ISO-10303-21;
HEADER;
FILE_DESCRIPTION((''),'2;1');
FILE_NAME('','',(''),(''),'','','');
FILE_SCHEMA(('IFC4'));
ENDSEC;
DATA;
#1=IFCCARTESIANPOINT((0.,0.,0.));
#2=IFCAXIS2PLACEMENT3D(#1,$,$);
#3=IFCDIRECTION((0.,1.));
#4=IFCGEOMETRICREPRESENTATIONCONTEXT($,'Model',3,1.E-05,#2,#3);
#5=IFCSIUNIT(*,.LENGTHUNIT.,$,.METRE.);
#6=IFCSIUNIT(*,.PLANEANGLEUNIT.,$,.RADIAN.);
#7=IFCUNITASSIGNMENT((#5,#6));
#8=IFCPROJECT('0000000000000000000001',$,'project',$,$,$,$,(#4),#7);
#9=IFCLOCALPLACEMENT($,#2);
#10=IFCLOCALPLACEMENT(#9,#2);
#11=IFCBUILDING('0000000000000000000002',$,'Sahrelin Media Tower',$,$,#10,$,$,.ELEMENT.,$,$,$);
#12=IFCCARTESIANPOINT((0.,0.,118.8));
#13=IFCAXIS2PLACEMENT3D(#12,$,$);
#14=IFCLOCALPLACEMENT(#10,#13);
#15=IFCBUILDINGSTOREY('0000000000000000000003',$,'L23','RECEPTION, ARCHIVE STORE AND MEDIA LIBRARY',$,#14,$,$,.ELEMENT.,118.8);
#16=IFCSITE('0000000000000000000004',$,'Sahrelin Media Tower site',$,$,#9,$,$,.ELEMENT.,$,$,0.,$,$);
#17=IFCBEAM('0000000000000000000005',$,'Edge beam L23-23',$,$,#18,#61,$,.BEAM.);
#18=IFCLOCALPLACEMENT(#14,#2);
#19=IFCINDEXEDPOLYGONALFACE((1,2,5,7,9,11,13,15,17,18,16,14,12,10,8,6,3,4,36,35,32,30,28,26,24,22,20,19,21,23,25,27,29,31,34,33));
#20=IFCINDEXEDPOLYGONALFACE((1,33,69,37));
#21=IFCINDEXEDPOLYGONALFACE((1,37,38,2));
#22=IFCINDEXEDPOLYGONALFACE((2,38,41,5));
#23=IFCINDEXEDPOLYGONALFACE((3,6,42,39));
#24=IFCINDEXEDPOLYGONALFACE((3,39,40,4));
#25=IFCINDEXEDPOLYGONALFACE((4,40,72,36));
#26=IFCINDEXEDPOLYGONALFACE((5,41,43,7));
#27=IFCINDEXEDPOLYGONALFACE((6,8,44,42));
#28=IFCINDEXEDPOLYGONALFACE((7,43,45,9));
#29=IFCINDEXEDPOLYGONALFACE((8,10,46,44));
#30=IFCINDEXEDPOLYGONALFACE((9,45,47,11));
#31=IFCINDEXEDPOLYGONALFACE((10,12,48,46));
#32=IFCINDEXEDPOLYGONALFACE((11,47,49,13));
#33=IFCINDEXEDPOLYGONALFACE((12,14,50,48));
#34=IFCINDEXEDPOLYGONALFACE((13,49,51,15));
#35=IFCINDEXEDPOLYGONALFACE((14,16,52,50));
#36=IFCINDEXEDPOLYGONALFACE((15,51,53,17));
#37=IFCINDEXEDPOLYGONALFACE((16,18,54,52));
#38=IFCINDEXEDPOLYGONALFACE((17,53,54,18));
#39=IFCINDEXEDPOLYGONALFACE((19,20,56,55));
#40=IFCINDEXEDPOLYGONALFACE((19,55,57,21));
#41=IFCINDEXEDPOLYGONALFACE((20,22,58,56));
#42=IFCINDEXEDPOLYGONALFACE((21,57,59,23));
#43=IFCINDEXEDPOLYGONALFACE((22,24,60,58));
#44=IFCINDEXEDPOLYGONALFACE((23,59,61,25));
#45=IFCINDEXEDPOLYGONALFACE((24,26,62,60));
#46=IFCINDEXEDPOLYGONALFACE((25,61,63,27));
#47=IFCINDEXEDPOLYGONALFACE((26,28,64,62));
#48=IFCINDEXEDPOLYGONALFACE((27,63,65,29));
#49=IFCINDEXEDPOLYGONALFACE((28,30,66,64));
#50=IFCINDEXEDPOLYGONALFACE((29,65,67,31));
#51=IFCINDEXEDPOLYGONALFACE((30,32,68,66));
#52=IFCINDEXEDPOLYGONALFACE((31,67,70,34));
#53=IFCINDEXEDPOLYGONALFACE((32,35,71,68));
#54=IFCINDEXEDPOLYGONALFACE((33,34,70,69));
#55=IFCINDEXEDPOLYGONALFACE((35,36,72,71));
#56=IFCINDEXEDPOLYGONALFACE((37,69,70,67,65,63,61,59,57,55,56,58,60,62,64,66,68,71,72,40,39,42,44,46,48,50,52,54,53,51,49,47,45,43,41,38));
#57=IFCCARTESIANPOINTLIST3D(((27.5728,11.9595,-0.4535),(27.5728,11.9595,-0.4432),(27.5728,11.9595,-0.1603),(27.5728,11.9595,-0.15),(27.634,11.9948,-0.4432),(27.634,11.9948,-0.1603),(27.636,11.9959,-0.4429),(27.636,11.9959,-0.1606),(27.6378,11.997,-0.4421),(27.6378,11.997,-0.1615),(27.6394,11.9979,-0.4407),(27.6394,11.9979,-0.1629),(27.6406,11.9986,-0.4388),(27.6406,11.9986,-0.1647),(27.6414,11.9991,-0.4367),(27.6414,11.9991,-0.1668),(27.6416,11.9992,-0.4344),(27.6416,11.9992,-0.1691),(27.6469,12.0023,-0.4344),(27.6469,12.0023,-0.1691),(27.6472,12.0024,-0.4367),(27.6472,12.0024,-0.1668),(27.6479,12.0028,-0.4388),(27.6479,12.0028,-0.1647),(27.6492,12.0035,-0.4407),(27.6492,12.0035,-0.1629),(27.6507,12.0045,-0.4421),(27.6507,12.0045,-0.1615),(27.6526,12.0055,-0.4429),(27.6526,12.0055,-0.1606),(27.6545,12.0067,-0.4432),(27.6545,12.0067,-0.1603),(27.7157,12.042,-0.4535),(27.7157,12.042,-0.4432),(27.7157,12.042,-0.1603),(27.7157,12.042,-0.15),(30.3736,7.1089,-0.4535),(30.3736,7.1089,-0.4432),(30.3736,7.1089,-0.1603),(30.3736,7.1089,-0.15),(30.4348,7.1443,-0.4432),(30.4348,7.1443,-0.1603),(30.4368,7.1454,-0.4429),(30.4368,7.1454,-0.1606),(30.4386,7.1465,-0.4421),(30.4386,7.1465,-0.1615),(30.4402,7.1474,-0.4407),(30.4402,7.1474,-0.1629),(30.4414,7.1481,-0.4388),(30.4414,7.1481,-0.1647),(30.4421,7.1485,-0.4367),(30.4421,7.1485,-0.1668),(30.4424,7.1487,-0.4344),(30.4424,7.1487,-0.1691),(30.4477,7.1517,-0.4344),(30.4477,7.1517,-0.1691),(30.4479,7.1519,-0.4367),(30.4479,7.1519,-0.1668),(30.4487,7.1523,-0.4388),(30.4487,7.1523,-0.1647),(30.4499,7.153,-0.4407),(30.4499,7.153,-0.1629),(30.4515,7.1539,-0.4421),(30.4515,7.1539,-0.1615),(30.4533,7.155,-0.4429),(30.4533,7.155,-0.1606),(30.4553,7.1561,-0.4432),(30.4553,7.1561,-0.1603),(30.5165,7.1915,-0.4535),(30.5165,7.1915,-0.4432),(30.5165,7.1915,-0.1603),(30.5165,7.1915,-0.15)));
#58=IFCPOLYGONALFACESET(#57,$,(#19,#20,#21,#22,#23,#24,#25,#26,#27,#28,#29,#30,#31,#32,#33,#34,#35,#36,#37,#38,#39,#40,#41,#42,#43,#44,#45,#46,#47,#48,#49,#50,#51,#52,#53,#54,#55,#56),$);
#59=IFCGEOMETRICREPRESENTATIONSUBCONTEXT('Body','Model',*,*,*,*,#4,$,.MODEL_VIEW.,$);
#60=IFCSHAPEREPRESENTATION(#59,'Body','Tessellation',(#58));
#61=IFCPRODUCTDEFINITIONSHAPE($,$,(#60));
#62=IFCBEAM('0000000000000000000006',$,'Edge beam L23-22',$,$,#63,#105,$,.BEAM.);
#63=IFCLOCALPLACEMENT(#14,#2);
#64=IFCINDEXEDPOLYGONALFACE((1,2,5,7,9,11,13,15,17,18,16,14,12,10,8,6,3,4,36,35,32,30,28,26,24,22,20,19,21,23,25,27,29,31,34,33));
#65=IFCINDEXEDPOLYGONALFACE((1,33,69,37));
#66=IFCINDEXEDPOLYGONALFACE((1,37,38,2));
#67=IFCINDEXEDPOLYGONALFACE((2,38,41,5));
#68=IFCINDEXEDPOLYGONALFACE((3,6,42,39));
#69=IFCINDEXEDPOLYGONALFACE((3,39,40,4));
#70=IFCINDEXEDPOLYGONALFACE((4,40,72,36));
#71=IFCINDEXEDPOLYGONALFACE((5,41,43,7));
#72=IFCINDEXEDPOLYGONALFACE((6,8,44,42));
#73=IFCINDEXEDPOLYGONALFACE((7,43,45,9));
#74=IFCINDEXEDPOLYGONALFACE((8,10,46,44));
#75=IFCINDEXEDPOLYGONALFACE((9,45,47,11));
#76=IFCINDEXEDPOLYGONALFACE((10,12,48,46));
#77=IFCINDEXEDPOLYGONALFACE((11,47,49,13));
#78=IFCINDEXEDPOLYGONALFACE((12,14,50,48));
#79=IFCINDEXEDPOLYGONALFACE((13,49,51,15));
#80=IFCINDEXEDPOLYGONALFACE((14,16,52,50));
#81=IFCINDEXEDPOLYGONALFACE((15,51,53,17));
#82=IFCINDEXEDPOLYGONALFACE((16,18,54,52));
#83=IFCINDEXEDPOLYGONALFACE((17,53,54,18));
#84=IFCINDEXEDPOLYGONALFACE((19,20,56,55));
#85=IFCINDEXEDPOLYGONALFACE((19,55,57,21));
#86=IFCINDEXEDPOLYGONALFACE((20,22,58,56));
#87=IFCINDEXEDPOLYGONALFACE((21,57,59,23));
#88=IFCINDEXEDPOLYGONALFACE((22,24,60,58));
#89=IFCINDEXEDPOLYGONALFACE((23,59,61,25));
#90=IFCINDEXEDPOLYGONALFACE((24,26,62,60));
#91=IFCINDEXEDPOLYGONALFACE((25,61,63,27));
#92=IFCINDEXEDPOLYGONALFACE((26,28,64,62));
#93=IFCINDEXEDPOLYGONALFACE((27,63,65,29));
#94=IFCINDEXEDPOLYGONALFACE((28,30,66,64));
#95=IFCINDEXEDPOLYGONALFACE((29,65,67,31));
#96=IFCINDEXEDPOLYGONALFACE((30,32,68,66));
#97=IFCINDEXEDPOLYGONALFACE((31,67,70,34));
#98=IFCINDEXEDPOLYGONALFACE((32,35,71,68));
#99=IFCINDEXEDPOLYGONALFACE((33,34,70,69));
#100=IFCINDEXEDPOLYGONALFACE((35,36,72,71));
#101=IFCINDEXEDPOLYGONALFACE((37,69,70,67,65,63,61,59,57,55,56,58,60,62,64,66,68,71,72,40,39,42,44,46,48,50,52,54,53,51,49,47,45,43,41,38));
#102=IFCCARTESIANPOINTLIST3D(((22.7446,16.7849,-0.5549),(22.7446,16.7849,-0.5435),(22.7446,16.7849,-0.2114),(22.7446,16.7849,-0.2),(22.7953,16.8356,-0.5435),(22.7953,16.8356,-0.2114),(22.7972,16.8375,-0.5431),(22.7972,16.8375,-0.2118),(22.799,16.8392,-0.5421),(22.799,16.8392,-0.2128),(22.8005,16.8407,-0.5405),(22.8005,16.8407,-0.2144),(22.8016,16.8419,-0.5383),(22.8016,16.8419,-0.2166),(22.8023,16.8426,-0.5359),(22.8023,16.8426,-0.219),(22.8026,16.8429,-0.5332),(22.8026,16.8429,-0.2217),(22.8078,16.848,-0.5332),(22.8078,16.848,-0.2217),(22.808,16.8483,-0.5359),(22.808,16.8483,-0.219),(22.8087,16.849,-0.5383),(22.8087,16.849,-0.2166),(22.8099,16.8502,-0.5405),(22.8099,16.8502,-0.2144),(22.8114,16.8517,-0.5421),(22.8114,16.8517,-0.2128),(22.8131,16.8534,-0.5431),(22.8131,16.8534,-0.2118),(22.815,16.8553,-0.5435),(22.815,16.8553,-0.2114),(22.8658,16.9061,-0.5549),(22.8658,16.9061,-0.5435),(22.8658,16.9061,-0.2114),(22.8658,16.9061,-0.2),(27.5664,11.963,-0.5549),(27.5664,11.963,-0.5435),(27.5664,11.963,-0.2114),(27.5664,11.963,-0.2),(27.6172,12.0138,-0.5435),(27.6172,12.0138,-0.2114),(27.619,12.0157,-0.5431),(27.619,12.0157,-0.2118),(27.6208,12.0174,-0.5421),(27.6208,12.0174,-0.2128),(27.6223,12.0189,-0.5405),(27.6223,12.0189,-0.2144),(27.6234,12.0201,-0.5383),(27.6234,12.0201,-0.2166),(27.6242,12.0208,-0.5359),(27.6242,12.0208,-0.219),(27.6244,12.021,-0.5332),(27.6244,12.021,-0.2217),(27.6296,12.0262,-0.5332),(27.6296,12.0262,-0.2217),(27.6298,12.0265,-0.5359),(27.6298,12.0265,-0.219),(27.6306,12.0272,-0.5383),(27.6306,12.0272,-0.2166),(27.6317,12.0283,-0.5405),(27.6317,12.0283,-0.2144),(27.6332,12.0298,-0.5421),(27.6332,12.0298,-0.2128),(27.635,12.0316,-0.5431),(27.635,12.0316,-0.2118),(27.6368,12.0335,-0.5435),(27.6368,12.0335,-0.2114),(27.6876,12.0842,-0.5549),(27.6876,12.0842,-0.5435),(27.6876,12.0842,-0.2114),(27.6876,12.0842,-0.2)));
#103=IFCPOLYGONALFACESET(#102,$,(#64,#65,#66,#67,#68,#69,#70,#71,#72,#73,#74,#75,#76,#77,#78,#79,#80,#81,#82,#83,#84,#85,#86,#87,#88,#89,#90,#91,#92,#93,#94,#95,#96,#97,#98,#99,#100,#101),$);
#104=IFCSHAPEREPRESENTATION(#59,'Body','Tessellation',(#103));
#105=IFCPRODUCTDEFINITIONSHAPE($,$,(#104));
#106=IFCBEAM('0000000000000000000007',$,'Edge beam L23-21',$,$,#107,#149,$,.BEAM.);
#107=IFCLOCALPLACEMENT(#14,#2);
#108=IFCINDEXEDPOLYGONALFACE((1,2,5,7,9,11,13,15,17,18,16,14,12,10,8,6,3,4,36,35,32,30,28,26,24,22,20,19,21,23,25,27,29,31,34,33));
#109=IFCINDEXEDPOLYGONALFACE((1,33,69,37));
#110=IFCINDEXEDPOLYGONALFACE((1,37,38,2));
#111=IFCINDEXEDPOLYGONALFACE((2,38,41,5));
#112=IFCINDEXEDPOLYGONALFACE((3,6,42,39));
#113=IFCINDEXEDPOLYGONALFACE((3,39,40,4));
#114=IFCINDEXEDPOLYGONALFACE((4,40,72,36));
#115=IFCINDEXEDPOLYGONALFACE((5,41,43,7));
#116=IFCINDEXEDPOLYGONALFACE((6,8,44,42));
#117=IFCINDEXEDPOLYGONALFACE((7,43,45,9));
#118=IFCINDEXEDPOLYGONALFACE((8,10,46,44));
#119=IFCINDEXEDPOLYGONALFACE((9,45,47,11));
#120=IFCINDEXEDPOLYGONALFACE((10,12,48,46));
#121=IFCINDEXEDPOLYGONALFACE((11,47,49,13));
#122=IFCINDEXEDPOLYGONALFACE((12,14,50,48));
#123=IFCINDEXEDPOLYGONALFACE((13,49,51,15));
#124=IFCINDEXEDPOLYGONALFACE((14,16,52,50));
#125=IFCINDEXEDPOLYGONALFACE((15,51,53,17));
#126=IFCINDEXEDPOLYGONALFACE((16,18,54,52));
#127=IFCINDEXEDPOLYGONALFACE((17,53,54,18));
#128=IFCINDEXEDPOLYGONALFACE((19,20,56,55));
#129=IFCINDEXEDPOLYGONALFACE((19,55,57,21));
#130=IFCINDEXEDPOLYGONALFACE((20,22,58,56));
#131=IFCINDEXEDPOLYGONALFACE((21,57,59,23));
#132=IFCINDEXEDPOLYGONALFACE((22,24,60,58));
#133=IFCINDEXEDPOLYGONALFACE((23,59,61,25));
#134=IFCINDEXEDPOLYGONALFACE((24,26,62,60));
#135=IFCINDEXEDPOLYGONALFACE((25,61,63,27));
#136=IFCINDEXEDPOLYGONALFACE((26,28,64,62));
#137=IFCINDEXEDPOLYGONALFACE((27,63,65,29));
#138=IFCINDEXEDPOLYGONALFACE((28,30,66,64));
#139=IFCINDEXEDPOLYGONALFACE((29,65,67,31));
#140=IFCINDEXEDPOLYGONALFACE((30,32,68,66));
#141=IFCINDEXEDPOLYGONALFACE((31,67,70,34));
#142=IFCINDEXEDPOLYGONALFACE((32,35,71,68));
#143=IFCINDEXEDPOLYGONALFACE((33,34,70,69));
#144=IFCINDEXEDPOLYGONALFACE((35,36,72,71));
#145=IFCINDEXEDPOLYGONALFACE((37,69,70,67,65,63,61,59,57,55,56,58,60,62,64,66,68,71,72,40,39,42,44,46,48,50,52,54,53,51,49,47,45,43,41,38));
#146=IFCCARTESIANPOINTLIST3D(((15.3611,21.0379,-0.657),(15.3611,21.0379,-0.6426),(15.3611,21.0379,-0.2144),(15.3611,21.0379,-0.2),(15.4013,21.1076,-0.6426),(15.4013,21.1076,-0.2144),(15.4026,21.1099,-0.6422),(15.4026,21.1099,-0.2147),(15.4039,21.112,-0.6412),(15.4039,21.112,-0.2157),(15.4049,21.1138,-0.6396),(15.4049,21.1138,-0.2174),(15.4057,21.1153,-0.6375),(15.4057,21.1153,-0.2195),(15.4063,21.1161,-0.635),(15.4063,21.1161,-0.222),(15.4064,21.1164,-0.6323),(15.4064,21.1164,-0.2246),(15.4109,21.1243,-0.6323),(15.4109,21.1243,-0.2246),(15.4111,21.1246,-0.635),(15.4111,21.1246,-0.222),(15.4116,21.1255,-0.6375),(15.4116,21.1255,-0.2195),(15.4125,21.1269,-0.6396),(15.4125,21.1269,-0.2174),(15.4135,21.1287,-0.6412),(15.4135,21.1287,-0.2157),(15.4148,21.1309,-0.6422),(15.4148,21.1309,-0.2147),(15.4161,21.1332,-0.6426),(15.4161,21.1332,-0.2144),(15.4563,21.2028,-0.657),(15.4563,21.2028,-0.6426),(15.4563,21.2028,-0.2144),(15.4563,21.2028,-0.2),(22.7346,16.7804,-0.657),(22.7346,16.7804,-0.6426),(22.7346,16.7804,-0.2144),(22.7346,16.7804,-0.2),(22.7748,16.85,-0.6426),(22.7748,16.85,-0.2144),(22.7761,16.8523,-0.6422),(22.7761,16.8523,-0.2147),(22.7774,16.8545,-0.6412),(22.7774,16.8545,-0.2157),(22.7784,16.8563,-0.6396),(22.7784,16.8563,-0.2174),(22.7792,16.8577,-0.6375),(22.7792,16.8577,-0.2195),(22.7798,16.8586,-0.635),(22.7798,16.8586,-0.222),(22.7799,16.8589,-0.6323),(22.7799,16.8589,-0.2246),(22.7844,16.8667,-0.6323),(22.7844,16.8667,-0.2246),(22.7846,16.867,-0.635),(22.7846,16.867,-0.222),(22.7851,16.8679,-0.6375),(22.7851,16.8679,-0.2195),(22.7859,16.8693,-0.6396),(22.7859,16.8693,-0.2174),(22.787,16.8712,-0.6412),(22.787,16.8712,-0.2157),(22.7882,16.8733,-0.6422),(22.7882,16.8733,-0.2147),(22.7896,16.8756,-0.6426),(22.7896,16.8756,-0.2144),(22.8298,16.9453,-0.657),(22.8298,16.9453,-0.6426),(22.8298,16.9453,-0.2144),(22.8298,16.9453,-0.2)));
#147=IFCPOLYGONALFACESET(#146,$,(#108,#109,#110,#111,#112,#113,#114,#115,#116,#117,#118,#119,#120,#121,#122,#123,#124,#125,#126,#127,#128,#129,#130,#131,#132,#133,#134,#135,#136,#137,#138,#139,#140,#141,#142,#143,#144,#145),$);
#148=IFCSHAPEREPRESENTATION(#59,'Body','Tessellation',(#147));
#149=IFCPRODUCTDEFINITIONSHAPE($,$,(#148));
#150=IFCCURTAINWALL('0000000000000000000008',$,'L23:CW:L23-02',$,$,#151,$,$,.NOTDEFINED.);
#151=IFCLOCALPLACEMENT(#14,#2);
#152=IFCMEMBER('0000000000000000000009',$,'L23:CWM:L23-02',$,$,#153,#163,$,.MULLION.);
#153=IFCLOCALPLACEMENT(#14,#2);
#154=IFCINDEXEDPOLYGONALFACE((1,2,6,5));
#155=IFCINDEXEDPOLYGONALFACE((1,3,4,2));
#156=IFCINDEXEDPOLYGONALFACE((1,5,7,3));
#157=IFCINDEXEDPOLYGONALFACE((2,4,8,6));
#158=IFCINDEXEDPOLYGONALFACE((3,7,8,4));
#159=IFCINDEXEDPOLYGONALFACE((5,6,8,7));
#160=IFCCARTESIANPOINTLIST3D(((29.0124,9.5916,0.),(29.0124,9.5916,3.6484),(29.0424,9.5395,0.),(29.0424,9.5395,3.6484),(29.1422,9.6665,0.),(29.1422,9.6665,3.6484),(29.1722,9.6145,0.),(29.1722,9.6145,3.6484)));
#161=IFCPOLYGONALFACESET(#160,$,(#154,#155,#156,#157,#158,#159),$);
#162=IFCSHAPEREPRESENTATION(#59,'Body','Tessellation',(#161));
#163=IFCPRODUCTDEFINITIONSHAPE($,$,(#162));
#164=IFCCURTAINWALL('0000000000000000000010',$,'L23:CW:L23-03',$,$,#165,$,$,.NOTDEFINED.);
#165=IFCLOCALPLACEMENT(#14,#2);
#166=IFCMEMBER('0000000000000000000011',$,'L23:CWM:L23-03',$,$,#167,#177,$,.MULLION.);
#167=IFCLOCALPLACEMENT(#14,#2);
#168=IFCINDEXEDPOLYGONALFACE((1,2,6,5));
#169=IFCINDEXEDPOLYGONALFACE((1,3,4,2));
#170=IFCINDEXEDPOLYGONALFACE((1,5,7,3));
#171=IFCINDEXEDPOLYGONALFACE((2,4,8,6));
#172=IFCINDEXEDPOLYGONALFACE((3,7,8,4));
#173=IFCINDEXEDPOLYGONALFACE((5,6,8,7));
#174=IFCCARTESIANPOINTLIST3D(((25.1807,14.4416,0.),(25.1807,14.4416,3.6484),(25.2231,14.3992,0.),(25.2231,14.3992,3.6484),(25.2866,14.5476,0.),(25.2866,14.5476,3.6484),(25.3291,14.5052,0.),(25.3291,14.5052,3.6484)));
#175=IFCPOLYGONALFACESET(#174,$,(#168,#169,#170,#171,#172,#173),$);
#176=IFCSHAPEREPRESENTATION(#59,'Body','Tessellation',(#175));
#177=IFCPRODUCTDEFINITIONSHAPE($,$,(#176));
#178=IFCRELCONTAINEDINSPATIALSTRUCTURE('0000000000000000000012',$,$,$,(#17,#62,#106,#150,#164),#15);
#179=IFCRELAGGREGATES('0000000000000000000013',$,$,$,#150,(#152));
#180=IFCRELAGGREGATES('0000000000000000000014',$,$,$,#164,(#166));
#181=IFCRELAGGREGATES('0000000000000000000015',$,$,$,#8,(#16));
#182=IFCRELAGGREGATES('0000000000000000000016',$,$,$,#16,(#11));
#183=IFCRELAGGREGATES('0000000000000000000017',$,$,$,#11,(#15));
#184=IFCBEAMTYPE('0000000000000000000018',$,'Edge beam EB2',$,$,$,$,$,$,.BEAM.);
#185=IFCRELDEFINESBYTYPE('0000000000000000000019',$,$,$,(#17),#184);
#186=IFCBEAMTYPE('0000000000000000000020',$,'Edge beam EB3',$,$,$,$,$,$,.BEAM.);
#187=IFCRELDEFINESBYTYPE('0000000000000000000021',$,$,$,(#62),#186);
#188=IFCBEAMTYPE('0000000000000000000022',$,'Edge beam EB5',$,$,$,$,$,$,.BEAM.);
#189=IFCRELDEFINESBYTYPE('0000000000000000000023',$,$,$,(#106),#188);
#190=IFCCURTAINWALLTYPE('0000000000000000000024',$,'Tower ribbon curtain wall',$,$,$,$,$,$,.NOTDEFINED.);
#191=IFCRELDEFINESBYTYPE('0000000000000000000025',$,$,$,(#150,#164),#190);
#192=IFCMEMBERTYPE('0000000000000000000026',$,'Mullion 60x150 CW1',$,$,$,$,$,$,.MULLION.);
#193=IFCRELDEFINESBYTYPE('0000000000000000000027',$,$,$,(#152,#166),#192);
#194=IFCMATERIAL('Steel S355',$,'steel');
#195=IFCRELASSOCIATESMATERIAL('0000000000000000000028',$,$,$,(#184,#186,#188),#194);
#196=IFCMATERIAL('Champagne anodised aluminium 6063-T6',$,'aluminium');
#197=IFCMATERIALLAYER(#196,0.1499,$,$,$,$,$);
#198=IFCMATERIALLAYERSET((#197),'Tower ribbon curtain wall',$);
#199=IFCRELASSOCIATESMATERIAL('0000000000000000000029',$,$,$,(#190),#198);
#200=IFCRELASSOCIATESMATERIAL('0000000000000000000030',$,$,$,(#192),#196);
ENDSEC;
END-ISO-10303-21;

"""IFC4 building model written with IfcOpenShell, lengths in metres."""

from ifc_helpers import new_model, si_unit, direction, frame, origin, origin_2d, place, context, subcontext, project, spatial, rectangle, i_section, extrude, material, layer, layer_set, material_profile, profile_set, type_object, element, aggregate, save


model = new_model("IFC4")

# Units and contexts
model_context = context("Model", 3, precision=1e-05, world=origin(), true_north=direction((0.0, 1.0)))
body_context = subcontext(model_context, "Body", "Model", "MODEL_VIEW")
ifc_project = project(units=[si_unit("LENGTHUNIT", "METRE"), si_unit("PLANEANGLEUNIT", "RADIAN")], contexts=[model_context])

# Site, building, storey
site_placement = place(None, origin())
site = spatial("IfcSite", under=ifc_project, at=site_placement, Name="Sahrelin Media Tower site", CompositionType="ELEMENT", RefElevation=0.0)
building_placement = place(site_placement, origin())
building = spatial("IfcBuilding", under=site, at=building_placement, Name="Sahrelin Media Tower", CompositionType="ELEMENT")
storey_placement = place(building_placement, frame((0.0, 0.0, 118.8)))
storey = spatial("IfcBuildingStorey", under=building, at=storey_placement, Name="L23", Description="RECEPTION, ARCHIVE STORE AND MEDIA LIBRARY", CompositionType="ELEMENT", Elevation=118.8)

# Beams
ifc_material_1 = material(Name="Steel S355", Category="steel")
ifc_material_profile_1 = material_profile(ifc_material_1, i_section(OverallWidth=0.165, OverallDepth=0.3035, WebThickness=0.0061, FlangeThickness=0.0103, FilletRadius=0.0088, at=origin_2d()), Name="UB 305x165x40")
ifc_profile_set_1 = profile_set([ifc_material_profile_1], Name="Steel S355")
beam_type_1 = type_object("IfcBeamType", Name="Edge beam EB2", PredefinedType="BEAM", material=ifc_profile_set_1)
beam_1_placement = place(storey_placement, frame((27.6443, 12.0007, -0.3018), z_axis=(0.500039, -0.866003, 0.0), x_axis=(0.866003, 0.500039, 0.0)))
element("IfcBeam", 1, at=beam_1_placement, inside=storey, type_object=beam_type_1, Name="Edge beam L23-23", PredefinedType="BEAM", context=body_context, shape_type="SweptSolid", body=[
    extrude(i_section(OverallWidth=0.165, OverallDepth=0.3035, WebThickness=0.0061, FlangeThickness=0.0103, FilletRadius=0.0088, at=origin_2d()), origin(), (0.0, 0.0, 1.0), 5.6011),
])
ifc_material_profile_2 = material_profile(ifc_material_1, i_section(OverallWidth=0.1714, OverallDepth=0.355, WebThickness=0.0073, FlangeThickness=0.0115, FilletRadius=0.0103, at=origin_2d()), Name="UB 356x171x51")
ifc_profile_set_2 = profile_set([ifc_material_profile_2], Name="Steel S355")
beam_type_2 = type_object("IfcBeamType", Name="Edge beam EB3", PredefinedType="BEAM", material=ifc_profile_set_2)
beam_2_placement = place(storey_placement, frame((22.8052, 16.8455, -0.3774), z_axis=(0.707107, -0.707107, 0.0), x_axis=(0.707107, 0.707107, 0.0)))
element("IfcBeam", 2, at=beam_2_placement, inside=storey, type_object=beam_type_2, Name="Edge beam L23-22", PredefinedType="BEAM", context=body_context, shape_type="SweptSolid", body=[
    extrude(i_section(OverallWidth=0.1714, OverallDepth=0.355, WebThickness=0.0073, FlangeThickness=0.0115, FilletRadius=0.0103, at=origin_2d()), origin(), (0.0, 0.0, 1.0), 6.8191),
])
ifc_material_profile_3 = material_profile(ifc_material_1, i_section(OverallWidth=0.1904, OverallDepth=0.457, WebThickness=0.009, FlangeThickness=0.0144, FilletRadius=0.0103, at=origin_2d()), Name="UB 457x191x74")
ifc_profile_set_3 = profile_set([ifc_material_profile_3], Name="Steel S355")
beam_type_3 = type_object("IfcBeamType", Name="Edge beam EB5", PredefinedType="BEAM", material=ifc_profile_set_3)
beam_3_placement = place(storey_placement, frame((15.4087, 21.1204, -0.4285), z_axis=(0.866002, -0.50004, 0.0), x_axis=(0.50004, 0.866002, 0.0)))
element("IfcBeam", 3, at=beam_3_placement, inside=storey, type_object=beam_type_3, Name="Edge beam L23-21", PredefinedType="BEAM", context=body_context, shape_type="SweptSolid", body=[
    extrude(i_section(OverallWidth=0.1904, OverallDepth=0.457, WebThickness=0.009, FlangeThickness=0.0144, FilletRadius=0.0103, at=origin_2d()), origin(), (0.0, 0.0, 1.0), 8.5144),
])

# Curtain walls, members
ifc_material_2 = material(Name="Champagne anodised aluminium 6063-T6", Category="aluminium")
ifc_layer_1 = layer(ifc_material_2, 0.1499)
ifc_layer_set_1 = layer_set([ifc_layer_1], Name="Tower ribbon curtain wall")
curtain_wall_type = type_object("IfcCurtainWallType", Name="Tower ribbon curtain wall", PredefinedType="NOTDEFINED", material=ifc_layer_set_1)
curtain_wall_1_placement = place(storey_placement, frame((29.1746, 9.6504, 0.0), z_axis=(0.0, 0.0, 1.0), x_axis=(1.0, 0.0, 0.0)))
curtain_wall_1 = element("IfcCurtainWall", 4, at=curtain_wall_1_placement, inside=storey, type_object=curtain_wall_type, Name="L23:CW:L23-02", PredefinedType="NOTDEFINED")
ifc_material_profile_4 = material_profile(ifc_material_2, rectangle(XDim=0.0601, YDim=0.1499, at=origin_2d()), Name="Mullion 60x150")
ifc_profile_set_4 = profile_set([ifc_material_profile_4], Name="Champagne anodised aluminium 6063-T6")
member_type_1 = type_object("IfcMemberType", Name="Mullion 60x150 CW1", PredefinedType="MULLION", material=ifc_profile_set_4)
member_1_placement = place(storey_placement, frame((29.0923, 9.603, 0.0), z_axis=(0.0, 0.0, 1.0), x_axis=(-0.500002, 0.866025, 0.0)))
member_1 = element("IfcMember", 5, at=member_1_placement, type_object=member_type_1, Name="L23:CWM:L23-02", PredefinedType="MULLION", context=body_context, shape_type="SweptSolid", body=[
    extrude(rectangle(XDim=0.0601, YDim=0.1499, at=origin_2d()), origin(), (0.0, 0.0, 1.0), 3.6484),
])
curtain_wall_2_placement = place(storey_placement, frame((25.322, 14.5405, 0.0), z_axis=(0.0, 0.0, 1.0), x_axis=(1.0, 0.0, 0.0)))
curtain_wall_2 = element("IfcCurtainWall", 6, at=curtain_wall_2_placement, inside=storey, type_object=curtain_wall_type, Name="L23:CW:L23-03", PredefinedType="NOTDEFINED")
member_2_placement = place(storey_placement, frame((25.2549, 14.4734, 0.0), z_axis=(0.0, 0.0, 1.0), x_axis=(-0.707107, 0.707107, 0.0)))
member_2 = element("IfcMember", 7, at=member_2_placement, type_object=member_type_1, Name="L23:CWM:L23-03", PredefinedType="MULLION", context=body_context, shape_type="SweptSolid", body=[
    extrude(rectangle(XDim=0.0601, YDim=0.1499, at=origin_2d()), origin(), (0.0, 0.0, 1.0), 3.6484),
])

aggregate(curtain_wall_1, [member_1])
aggregate(curtain_wall_2, [member_2])

save(model, "model.ifc")
